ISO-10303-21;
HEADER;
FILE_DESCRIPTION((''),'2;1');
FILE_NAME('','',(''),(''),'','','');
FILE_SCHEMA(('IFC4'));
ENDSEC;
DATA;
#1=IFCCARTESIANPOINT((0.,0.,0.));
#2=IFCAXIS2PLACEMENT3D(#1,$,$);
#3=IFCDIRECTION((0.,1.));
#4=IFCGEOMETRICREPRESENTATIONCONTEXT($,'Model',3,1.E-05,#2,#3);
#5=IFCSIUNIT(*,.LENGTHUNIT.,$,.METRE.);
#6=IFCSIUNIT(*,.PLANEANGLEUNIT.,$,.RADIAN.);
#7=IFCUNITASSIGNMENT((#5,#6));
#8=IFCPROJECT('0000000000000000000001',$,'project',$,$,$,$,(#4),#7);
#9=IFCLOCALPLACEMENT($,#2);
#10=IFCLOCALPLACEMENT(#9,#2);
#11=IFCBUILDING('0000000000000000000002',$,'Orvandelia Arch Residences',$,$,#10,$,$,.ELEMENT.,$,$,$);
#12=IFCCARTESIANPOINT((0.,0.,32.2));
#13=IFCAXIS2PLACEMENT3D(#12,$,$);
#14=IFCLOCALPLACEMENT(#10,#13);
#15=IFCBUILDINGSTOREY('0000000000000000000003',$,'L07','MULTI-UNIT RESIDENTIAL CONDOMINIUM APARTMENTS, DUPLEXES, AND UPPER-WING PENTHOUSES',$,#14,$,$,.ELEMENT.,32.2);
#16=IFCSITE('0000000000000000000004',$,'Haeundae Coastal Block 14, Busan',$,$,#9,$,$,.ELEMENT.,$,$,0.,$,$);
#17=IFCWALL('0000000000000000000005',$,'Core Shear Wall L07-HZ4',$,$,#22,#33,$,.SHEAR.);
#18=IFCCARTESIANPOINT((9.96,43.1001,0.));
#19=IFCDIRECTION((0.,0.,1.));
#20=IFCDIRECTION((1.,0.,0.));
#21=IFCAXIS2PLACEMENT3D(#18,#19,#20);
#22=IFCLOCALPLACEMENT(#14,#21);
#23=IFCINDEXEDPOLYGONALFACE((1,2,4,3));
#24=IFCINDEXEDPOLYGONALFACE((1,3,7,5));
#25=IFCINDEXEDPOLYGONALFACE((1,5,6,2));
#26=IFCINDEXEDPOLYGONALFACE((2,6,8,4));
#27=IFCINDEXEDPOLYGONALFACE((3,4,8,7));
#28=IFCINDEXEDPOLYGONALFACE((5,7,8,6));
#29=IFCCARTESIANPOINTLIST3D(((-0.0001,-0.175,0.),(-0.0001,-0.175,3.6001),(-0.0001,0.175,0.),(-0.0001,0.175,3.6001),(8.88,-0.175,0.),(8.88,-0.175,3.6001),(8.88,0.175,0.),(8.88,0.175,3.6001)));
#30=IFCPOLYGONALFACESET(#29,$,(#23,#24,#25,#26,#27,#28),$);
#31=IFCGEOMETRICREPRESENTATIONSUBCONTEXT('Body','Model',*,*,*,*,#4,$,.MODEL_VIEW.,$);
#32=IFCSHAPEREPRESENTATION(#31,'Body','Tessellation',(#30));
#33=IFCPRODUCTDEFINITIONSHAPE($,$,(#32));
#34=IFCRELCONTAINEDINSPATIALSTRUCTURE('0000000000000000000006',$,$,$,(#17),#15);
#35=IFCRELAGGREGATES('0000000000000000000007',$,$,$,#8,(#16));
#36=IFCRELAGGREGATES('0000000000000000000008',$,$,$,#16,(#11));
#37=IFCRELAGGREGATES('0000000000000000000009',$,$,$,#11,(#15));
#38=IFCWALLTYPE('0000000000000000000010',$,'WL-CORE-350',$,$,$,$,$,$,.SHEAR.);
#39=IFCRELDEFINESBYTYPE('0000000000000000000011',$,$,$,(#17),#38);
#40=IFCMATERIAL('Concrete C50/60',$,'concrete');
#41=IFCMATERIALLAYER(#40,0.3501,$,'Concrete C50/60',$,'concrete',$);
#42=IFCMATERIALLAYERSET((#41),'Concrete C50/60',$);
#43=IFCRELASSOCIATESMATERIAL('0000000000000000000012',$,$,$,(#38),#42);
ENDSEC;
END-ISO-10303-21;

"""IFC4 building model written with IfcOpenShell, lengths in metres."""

from ifc_helpers import new_model, si_unit, direction, frame, frame_2d, origin, place, context, subcontext, project, spatial, rectangle, extrude, material, layer, layer_set, type_object, element, save


model = new_model("IFC4")

# Units and contexts
model_context = context("Model", 3, precision=1e-05, world=origin(), true_north=direction((0.0, 1.0)))
body_context = subcontext(model_context, "Body", "Model", "MODEL_VIEW")
ifc_project = project(units=[si_unit("LENGTHUNIT", "METRE"), si_unit("PLANEANGLEUNIT", "RADIAN")], contexts=[model_context])

# Site, building, storey
site_placement = place(None, origin())
site = spatial("IfcSite", under=ifc_project, at=site_placement, Name="Haeundae Coastal Block 14, Busan", CompositionType="ELEMENT", RefElevation=0.0)
building_placement = place(site_placement, origin())
building = spatial("IfcBuilding", under=site, at=building_placement, Name="Orvandelia Arch Residences", CompositionType="ELEMENT")
storey_placement = place(building_placement, frame((0.0, 0.0, 32.2)))
storey = spatial("IfcBuildingStorey", under=building, at=storey_placement, Name="L07", Description="MULTI-UNIT RESIDENTIAL CONDOMINIUM APARTMENTS, DUPLEXES, AND UPPER-WING PENTHOUSES", CompositionType="ELEMENT", Elevation=32.2)

# Wall
ifc_material_1 = material(Name="Concrete C50/60", Category="concrete")
ifc_layer_1 = layer(ifc_material_1, 0.3501, Name="Concrete C50/60", Category="concrete")
ifc_layer_set_1 = layer_set([ifc_layer_1], Name="Concrete C50/60")
wall_type_1 = type_object("IfcWallType", Name="WL-CORE-350", PredefinedType="SHEAR", material=ifc_layer_set_1)
wall_1_placement = place(storey_placement, frame((9.96, 43.1001, 0.0), z_axis=(0.0, 0.0, 1.0), x_axis=(1.0, 0.0, 0.0)))
element("IfcWall", 1, at=wall_1_placement, inside=storey, type_object=wall_type_1, Name="Core Shear Wall L07-HZ4", PredefinedType="SHEAR", context=body_context, shape_type="SweptSolid", body=[
    extrude(rectangle(XDim=8.8801, YDim=0.3501, at=frame_2d((4.4399, 0.0))), origin(), (0.0, 0.0, 1.0), 3.6001),
])

save(model, "model.ifc")
